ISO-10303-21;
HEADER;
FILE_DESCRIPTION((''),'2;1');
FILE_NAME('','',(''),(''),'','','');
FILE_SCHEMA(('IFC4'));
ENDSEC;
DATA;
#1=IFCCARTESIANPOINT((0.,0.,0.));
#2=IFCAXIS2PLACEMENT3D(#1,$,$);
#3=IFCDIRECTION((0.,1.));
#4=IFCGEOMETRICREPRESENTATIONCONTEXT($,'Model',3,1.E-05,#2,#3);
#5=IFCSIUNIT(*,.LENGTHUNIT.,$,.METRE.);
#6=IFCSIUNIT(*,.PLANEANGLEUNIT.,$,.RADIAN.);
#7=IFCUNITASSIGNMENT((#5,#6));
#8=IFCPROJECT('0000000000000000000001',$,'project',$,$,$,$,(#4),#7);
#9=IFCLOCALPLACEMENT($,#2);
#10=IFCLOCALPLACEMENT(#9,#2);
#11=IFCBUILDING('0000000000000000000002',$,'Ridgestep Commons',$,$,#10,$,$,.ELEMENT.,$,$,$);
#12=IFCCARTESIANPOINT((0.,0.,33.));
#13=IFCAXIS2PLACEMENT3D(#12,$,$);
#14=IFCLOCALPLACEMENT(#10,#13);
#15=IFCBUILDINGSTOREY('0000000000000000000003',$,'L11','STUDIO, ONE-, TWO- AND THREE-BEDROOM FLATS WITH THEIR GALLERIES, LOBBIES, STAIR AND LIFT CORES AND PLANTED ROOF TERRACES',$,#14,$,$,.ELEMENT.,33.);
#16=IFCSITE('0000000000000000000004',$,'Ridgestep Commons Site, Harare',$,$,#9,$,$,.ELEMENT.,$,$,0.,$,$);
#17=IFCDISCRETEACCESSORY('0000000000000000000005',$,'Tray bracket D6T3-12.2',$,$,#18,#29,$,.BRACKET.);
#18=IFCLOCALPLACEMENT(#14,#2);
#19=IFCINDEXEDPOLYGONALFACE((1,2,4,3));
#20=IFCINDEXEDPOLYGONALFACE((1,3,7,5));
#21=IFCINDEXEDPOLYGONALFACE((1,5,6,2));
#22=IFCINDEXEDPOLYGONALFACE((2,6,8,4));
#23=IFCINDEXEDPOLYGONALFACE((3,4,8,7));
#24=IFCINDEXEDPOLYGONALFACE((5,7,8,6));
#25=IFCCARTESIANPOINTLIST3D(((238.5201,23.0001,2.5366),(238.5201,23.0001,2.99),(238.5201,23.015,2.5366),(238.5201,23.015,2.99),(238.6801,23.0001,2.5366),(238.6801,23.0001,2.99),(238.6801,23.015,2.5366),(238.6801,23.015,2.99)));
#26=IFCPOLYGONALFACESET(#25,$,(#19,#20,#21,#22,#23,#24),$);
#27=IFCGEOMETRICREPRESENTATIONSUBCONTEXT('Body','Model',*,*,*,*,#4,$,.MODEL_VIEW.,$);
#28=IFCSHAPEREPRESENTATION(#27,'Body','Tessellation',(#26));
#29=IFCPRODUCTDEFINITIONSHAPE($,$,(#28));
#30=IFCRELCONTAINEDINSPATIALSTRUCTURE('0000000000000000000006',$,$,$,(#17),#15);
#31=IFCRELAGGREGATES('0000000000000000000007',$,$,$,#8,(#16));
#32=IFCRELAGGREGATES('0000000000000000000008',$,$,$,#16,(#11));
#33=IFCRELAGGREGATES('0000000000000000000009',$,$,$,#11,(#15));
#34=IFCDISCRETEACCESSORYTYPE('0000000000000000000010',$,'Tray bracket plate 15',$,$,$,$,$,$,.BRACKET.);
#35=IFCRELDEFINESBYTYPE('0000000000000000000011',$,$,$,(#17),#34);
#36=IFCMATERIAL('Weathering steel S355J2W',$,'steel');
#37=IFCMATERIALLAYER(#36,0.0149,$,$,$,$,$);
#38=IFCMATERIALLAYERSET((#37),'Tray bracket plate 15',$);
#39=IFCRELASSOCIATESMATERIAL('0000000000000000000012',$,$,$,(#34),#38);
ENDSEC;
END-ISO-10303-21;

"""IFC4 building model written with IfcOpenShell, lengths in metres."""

from ifc_helpers import new_model, si_unit, direction, frame, origin, origin_2d, place, context, subcontext, project, spatial, rectangle, extrude, material, layer, layer_set, type_object, element, save


model = new_model("IFC4")

# Units and contexts
model_context = context("Model", 3, precision=1e-05, world=origin(), true_north=direction((0.0, 1.0)))
body_context = subcontext(model_context, "Body", "Model", "MODEL_VIEW")
ifc_project = project(units=[si_unit("LENGTHUNIT", "METRE"), si_unit("PLANEANGLEUNIT", "RADIAN")], contexts=[model_context])

# Site, building, storey
site_placement = place(None, origin())
site = spatial("IfcSite", under=ifc_project, at=site_placement, Name="Ridgestep Commons Site, Harare", CompositionType="ELEMENT", RefElevation=0.0)
building_placement = place(site_placement, origin())
building = spatial("IfcBuilding", under=site, at=building_placement, Name="Ridgestep Commons", CompositionType="ELEMENT")
storey_placement = place(building_placement, frame((0.0, 0.0, 33.0)))
storey = spatial("IfcBuildingStorey", under=building, at=storey_placement, Name="L11", Description="STUDIO, ONE-, TWO- AND THREE-BEDROOM FLATS WITH THEIR GALLERIES, LOBBIES, STAIR AND LIFT CORES AND PLANTED ROOF TERRACES", CompositionType="ELEMENT", Elevation=33.0)

# Discrete accessory
ifc_material_1 = material(Name="Weathering steel S355J2W", Category="steel")
ifc_layer_1 = layer(ifc_material_1, 0.0149)
ifc_layer_set_1 = layer_set([ifc_layer_1], Name="Tray bracket plate 15")
discrete_accessory_type = type_object("IfcDiscreteAccessoryType", Name="Tray bracket plate 15", PredefinedType="BRACKET", material=ifc_layer_set_1)
for number, where, z_axis, x_axis, name in (
    (1, (238.6001, 23.0076, 2.5366), (0.0, 0.0, 1.0), (1.0, 0.0, 0.0), "Tray bracket D6T3-12.2"),
):
    element("IfcDiscreteAccessory", number, at=place(storey_placement, frame(where, z_axis=z_axis, x_axis=x_axis)), inside=storey, type_object=discrete_accessory_type, Name=name, PredefinedType="BRACKET", context=body_context, shape_type="SweptSolid", body=[
        extrude(rectangle(XDim=0.1599, YDim=0.0149, at=origin_2d()), origin(), (0.0, 0.0, 1.0), 0.4534),
    ])

save(model, "model.ifc")
